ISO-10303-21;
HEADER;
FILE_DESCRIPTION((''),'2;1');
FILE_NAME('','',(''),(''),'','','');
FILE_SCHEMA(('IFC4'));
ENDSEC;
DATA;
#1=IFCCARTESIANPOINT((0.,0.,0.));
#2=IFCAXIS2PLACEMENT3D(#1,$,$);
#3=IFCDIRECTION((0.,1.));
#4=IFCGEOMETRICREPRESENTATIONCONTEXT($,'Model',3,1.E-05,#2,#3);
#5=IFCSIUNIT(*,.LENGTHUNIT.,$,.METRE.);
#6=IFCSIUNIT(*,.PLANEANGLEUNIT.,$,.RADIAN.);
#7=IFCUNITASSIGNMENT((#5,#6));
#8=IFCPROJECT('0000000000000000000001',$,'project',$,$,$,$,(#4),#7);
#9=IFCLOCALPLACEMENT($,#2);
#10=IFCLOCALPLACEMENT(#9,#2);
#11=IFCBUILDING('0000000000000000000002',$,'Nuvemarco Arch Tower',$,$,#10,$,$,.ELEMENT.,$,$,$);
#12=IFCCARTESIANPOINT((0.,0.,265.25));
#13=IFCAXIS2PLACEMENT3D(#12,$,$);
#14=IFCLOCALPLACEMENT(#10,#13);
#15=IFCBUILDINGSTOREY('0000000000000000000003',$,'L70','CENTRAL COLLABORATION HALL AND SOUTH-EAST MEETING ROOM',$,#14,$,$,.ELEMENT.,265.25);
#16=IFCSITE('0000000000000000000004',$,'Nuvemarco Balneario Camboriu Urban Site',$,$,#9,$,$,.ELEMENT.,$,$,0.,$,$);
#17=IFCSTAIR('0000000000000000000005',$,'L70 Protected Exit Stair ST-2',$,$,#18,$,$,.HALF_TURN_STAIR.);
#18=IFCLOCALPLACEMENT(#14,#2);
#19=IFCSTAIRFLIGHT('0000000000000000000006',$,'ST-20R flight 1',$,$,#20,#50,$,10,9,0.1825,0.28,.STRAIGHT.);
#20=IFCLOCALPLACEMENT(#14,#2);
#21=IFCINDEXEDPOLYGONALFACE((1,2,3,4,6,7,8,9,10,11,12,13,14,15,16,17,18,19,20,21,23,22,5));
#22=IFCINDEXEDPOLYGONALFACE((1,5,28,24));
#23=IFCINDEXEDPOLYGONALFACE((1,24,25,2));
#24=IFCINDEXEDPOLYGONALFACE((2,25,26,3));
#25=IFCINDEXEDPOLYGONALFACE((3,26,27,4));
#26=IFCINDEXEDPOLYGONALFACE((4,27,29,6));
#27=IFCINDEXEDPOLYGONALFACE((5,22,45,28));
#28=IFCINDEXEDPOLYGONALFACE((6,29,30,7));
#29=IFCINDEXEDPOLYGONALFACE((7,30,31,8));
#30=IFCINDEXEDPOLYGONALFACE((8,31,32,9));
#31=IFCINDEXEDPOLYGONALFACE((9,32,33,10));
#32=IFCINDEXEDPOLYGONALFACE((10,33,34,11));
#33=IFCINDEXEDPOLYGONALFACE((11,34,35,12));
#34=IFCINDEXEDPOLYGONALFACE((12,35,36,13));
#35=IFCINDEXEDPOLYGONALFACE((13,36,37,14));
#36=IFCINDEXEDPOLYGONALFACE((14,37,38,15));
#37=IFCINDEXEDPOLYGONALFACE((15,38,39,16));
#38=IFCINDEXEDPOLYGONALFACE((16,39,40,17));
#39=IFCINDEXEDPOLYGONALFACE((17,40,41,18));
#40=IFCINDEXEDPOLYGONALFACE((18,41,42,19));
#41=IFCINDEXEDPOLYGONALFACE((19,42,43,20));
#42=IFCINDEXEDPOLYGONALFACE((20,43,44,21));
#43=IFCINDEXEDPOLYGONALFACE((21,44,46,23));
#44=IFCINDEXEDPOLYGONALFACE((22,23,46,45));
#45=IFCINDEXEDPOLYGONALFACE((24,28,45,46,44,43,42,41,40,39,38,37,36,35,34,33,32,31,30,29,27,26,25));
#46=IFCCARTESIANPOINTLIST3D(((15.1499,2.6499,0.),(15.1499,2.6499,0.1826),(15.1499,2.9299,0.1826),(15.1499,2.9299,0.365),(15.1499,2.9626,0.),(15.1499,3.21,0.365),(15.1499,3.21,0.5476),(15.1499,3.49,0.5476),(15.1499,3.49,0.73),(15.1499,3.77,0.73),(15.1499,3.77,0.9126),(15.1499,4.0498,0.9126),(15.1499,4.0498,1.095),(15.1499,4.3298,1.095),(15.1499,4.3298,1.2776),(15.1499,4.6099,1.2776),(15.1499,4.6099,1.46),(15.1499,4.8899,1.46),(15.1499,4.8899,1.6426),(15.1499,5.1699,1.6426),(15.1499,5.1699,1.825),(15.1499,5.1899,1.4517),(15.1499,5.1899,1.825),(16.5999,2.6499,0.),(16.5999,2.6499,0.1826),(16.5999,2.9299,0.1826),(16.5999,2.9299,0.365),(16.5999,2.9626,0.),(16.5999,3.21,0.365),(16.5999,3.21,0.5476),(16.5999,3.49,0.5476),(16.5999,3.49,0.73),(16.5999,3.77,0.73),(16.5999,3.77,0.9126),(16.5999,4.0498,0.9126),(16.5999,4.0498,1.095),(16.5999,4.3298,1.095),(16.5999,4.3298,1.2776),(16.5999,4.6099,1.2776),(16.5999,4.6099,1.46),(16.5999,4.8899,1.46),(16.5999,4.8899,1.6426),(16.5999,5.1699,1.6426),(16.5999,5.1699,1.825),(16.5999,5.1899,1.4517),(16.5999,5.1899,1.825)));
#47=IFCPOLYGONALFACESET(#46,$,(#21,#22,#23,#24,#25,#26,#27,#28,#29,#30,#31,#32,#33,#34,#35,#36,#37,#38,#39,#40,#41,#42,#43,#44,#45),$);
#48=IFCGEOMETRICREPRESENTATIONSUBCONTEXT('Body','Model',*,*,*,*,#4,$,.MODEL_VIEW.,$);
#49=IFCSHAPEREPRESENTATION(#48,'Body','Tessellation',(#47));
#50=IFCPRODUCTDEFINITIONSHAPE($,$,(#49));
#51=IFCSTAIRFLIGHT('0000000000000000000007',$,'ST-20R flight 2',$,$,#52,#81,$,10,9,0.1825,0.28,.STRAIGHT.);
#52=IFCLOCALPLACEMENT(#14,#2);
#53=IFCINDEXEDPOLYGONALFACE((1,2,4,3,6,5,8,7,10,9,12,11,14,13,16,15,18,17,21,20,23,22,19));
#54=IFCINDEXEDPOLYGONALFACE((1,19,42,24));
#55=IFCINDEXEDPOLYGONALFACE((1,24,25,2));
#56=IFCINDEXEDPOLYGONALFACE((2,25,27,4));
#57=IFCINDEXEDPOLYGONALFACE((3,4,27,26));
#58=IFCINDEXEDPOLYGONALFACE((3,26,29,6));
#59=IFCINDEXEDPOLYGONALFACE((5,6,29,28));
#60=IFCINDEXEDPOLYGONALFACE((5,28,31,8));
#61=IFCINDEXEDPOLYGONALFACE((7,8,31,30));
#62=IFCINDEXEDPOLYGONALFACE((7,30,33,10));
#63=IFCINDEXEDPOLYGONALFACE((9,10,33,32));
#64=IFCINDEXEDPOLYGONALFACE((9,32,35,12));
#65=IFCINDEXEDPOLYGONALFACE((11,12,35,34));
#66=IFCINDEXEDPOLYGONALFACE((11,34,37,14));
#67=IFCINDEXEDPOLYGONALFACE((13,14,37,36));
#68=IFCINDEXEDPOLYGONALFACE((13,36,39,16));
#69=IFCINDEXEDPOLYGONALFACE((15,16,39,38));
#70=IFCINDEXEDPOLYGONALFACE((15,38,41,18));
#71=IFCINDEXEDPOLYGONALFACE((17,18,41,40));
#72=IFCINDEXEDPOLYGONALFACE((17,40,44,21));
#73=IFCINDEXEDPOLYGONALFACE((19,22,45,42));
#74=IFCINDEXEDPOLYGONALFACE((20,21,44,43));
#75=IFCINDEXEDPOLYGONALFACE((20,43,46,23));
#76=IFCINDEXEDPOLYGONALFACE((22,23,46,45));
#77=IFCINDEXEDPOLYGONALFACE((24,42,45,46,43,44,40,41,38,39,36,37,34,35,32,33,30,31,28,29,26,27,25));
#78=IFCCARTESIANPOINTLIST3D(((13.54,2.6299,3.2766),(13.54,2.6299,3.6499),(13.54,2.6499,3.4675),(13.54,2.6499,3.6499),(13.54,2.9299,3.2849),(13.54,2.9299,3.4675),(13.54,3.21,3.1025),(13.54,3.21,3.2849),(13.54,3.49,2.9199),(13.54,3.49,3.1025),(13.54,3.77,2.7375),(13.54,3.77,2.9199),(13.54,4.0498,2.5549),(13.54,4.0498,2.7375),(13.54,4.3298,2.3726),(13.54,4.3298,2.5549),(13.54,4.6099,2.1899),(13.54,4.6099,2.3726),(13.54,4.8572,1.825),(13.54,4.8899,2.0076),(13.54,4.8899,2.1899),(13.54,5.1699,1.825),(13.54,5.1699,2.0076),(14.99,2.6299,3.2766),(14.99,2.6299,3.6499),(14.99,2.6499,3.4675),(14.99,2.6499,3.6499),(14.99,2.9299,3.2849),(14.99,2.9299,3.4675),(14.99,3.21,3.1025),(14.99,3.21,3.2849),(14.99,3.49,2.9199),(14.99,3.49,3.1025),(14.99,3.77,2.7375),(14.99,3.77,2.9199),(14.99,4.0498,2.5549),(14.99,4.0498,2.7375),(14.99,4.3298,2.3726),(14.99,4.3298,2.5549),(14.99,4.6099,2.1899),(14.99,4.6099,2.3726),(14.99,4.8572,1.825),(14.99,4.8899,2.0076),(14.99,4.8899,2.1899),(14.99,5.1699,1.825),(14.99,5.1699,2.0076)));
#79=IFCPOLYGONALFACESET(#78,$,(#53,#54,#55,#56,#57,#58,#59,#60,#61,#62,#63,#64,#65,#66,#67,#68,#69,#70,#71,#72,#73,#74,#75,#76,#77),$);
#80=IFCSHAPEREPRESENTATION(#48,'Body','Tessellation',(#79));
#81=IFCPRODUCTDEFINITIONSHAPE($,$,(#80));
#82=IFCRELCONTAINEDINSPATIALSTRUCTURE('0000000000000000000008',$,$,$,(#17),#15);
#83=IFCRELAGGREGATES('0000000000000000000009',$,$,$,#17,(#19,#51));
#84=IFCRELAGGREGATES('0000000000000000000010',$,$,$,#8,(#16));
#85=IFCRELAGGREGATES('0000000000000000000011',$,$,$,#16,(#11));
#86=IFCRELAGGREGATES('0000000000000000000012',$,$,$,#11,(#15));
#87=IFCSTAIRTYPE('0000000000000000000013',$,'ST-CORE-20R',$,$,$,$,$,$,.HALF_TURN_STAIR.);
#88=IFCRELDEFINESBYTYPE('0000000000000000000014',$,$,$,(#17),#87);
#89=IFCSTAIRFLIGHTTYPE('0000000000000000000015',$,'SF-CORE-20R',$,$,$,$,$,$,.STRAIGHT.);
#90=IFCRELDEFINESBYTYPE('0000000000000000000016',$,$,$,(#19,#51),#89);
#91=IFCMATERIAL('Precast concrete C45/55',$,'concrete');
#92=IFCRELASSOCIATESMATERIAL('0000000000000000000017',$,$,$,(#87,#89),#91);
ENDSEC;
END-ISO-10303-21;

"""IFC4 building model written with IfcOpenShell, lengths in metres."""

from ifc_helpers import new_model, si_unit, direction, frame, origin, place, context, subcontext, project, spatial, polyline, outline, extrude, material, type_object, element, aggregate, save


model = new_model("IFC4")

# Units and contexts
model_context = context("Model", 3, precision=1e-05, world=origin(), true_north=direction((0.0, 1.0)))
body_context = subcontext(model_context, "Body", "Model", "MODEL_VIEW")
ifc_project = project(units=[si_unit("LENGTHUNIT", "METRE"), si_unit("PLANEANGLEUNIT", "RADIAN")], contexts=[model_context])

# Site, building, storey
site_placement = place(None, origin())
site = spatial("IfcSite", under=ifc_project, at=site_placement, Name="Nuvemarco Balneario Camboriu Urban Site", CompositionType="ELEMENT", RefElevation=0.0)
building_placement = place(site_placement, origin())
building = spatial("IfcBuilding", under=site, at=building_placement, Name="Nuvemarco Arch Tower", CompositionType="ELEMENT")
storey_placement = place(building_placement, frame((0.0, 0.0, 265.25)))
storey = spatial("IfcBuildingStorey", under=building, at=storey_placement, Name="L70", Description="CENTRAL COLLABORATION HALL AND SOUTH-EAST MEETING ROOM", CompositionType="ELEMENT", Elevation=265.25)

# Shared definitions
ifc_material_1 = material(Name="Precast concrete C45/55", Category="concrete")

# Stair, stair flights
stair_type = type_object("IfcStairType", Name="ST-CORE-20R", PredefinedType="HALF_TURN_STAIR", material=ifc_material_1)
stair_placement = place(storey_placement, origin())
stair = element("IfcStair", 1, at=stair_placement, inside=storey, type_object=stair_type, Name="L70 Protected Exit Stair ST-2", PredefinedType="HALF_TURN_STAIR")
stair_flight_type = type_object("IfcStairFlightType", Name="SF-CORE-20R", PredefinedType="STRAIGHT", material=ifc_material_1)
stair_flight_1_placement = place(storey_placement, frame((15.875, 2.6499, 0.0), z_axis=(0.0, 0.0, 1.0), x_axis=(0.0, 1.0, 0.0)))
stair_flight_1 = element("IfcStairFlight", 2, at=stair_flight_1_placement, type_object=stair_flight_type, Name="ST-20R flight 1", NumberOfRisers=10, NumberOfTreads=9, PredefinedType="STRAIGHT", RiserHeight=0.1825, TreadLength=0.28, context=body_context, shape_type="SweptSolid", body=[
    extrude(outline(polyline([(0.0, 0.0), (0.0, 0.1826), (0.28, 0.1826), (0.28, 0.365), (0.5601, 0.365), (0.5601, 0.5476), (0.8401, 0.5476), (0.8401, 0.73), (1.1201, 0.73), (1.1201, 0.9126), (1.3999, 0.9126), (1.3999, 1.095), (1.6799, 1.095), (1.6799, 1.2776), (1.96, 1.2776), (1.96, 1.46), (2.24, 1.46), (2.24, 1.6426), (2.52, 1.6426), (2.52, 1.825), (2.54, 1.825), (2.54, 1.4517), (0.3127, 0.0), (0.0, 0.0)])), frame((0.0, 0.7251, 0.0), z_axis=(0.0, -1.0, 0.0), x_axis=(1.0, 0.0, 0.0)), (0.0, 0.0, 1.0), 1.45),
])
stair_flight_2_placement = place(storey_placement, frame((14.2649, 5.1699, 1.825), z_axis=(0.0, 0.0, 1.0), x_axis=(0.0, -1.0, 0.0)))
stair_flight_2 = element("IfcStairFlight", 3, at=stair_flight_2_placement, type_object=stair_flight_type, Name="ST-20R flight 2", NumberOfRisers=10, NumberOfTreads=9, PredefinedType="STRAIGHT", RiserHeight=0.1825, TreadLength=0.28, context=body_context, shape_type="SweptSolid", body=[
    extrude(outline(polyline([(0.0, 0.0), (0.0, 0.1826), (0.28, 0.1826), (0.28, 0.365), (0.5601, 0.365), (0.5601, 0.5476), (0.8401, 0.5476), (0.8401, 0.73), (1.1201, 0.73), (1.1201, 0.9126), (1.3999, 0.9126), (1.3999, 1.095), (1.6799, 1.095), (1.6799, 1.2776), (1.96, 1.2776), (1.96, 1.46), (2.24, 1.46), (2.24, 1.6426), (2.52, 1.6426), (2.52, 1.825), (2.54, 1.825), (2.54, 1.4517), (0.3127, 0.0), (0.0, 0.0)])), frame((0.0, 0.7251, 0.0), z_axis=(0.0, -1.0, 0.0), x_axis=(1.0, 0.0, 0.0)), (0.0, 0.0, 1.0), 1.45),
])
aggregate(stair, [stair_flight_1, stair_flight_2])

save(model, "model.ifc")
